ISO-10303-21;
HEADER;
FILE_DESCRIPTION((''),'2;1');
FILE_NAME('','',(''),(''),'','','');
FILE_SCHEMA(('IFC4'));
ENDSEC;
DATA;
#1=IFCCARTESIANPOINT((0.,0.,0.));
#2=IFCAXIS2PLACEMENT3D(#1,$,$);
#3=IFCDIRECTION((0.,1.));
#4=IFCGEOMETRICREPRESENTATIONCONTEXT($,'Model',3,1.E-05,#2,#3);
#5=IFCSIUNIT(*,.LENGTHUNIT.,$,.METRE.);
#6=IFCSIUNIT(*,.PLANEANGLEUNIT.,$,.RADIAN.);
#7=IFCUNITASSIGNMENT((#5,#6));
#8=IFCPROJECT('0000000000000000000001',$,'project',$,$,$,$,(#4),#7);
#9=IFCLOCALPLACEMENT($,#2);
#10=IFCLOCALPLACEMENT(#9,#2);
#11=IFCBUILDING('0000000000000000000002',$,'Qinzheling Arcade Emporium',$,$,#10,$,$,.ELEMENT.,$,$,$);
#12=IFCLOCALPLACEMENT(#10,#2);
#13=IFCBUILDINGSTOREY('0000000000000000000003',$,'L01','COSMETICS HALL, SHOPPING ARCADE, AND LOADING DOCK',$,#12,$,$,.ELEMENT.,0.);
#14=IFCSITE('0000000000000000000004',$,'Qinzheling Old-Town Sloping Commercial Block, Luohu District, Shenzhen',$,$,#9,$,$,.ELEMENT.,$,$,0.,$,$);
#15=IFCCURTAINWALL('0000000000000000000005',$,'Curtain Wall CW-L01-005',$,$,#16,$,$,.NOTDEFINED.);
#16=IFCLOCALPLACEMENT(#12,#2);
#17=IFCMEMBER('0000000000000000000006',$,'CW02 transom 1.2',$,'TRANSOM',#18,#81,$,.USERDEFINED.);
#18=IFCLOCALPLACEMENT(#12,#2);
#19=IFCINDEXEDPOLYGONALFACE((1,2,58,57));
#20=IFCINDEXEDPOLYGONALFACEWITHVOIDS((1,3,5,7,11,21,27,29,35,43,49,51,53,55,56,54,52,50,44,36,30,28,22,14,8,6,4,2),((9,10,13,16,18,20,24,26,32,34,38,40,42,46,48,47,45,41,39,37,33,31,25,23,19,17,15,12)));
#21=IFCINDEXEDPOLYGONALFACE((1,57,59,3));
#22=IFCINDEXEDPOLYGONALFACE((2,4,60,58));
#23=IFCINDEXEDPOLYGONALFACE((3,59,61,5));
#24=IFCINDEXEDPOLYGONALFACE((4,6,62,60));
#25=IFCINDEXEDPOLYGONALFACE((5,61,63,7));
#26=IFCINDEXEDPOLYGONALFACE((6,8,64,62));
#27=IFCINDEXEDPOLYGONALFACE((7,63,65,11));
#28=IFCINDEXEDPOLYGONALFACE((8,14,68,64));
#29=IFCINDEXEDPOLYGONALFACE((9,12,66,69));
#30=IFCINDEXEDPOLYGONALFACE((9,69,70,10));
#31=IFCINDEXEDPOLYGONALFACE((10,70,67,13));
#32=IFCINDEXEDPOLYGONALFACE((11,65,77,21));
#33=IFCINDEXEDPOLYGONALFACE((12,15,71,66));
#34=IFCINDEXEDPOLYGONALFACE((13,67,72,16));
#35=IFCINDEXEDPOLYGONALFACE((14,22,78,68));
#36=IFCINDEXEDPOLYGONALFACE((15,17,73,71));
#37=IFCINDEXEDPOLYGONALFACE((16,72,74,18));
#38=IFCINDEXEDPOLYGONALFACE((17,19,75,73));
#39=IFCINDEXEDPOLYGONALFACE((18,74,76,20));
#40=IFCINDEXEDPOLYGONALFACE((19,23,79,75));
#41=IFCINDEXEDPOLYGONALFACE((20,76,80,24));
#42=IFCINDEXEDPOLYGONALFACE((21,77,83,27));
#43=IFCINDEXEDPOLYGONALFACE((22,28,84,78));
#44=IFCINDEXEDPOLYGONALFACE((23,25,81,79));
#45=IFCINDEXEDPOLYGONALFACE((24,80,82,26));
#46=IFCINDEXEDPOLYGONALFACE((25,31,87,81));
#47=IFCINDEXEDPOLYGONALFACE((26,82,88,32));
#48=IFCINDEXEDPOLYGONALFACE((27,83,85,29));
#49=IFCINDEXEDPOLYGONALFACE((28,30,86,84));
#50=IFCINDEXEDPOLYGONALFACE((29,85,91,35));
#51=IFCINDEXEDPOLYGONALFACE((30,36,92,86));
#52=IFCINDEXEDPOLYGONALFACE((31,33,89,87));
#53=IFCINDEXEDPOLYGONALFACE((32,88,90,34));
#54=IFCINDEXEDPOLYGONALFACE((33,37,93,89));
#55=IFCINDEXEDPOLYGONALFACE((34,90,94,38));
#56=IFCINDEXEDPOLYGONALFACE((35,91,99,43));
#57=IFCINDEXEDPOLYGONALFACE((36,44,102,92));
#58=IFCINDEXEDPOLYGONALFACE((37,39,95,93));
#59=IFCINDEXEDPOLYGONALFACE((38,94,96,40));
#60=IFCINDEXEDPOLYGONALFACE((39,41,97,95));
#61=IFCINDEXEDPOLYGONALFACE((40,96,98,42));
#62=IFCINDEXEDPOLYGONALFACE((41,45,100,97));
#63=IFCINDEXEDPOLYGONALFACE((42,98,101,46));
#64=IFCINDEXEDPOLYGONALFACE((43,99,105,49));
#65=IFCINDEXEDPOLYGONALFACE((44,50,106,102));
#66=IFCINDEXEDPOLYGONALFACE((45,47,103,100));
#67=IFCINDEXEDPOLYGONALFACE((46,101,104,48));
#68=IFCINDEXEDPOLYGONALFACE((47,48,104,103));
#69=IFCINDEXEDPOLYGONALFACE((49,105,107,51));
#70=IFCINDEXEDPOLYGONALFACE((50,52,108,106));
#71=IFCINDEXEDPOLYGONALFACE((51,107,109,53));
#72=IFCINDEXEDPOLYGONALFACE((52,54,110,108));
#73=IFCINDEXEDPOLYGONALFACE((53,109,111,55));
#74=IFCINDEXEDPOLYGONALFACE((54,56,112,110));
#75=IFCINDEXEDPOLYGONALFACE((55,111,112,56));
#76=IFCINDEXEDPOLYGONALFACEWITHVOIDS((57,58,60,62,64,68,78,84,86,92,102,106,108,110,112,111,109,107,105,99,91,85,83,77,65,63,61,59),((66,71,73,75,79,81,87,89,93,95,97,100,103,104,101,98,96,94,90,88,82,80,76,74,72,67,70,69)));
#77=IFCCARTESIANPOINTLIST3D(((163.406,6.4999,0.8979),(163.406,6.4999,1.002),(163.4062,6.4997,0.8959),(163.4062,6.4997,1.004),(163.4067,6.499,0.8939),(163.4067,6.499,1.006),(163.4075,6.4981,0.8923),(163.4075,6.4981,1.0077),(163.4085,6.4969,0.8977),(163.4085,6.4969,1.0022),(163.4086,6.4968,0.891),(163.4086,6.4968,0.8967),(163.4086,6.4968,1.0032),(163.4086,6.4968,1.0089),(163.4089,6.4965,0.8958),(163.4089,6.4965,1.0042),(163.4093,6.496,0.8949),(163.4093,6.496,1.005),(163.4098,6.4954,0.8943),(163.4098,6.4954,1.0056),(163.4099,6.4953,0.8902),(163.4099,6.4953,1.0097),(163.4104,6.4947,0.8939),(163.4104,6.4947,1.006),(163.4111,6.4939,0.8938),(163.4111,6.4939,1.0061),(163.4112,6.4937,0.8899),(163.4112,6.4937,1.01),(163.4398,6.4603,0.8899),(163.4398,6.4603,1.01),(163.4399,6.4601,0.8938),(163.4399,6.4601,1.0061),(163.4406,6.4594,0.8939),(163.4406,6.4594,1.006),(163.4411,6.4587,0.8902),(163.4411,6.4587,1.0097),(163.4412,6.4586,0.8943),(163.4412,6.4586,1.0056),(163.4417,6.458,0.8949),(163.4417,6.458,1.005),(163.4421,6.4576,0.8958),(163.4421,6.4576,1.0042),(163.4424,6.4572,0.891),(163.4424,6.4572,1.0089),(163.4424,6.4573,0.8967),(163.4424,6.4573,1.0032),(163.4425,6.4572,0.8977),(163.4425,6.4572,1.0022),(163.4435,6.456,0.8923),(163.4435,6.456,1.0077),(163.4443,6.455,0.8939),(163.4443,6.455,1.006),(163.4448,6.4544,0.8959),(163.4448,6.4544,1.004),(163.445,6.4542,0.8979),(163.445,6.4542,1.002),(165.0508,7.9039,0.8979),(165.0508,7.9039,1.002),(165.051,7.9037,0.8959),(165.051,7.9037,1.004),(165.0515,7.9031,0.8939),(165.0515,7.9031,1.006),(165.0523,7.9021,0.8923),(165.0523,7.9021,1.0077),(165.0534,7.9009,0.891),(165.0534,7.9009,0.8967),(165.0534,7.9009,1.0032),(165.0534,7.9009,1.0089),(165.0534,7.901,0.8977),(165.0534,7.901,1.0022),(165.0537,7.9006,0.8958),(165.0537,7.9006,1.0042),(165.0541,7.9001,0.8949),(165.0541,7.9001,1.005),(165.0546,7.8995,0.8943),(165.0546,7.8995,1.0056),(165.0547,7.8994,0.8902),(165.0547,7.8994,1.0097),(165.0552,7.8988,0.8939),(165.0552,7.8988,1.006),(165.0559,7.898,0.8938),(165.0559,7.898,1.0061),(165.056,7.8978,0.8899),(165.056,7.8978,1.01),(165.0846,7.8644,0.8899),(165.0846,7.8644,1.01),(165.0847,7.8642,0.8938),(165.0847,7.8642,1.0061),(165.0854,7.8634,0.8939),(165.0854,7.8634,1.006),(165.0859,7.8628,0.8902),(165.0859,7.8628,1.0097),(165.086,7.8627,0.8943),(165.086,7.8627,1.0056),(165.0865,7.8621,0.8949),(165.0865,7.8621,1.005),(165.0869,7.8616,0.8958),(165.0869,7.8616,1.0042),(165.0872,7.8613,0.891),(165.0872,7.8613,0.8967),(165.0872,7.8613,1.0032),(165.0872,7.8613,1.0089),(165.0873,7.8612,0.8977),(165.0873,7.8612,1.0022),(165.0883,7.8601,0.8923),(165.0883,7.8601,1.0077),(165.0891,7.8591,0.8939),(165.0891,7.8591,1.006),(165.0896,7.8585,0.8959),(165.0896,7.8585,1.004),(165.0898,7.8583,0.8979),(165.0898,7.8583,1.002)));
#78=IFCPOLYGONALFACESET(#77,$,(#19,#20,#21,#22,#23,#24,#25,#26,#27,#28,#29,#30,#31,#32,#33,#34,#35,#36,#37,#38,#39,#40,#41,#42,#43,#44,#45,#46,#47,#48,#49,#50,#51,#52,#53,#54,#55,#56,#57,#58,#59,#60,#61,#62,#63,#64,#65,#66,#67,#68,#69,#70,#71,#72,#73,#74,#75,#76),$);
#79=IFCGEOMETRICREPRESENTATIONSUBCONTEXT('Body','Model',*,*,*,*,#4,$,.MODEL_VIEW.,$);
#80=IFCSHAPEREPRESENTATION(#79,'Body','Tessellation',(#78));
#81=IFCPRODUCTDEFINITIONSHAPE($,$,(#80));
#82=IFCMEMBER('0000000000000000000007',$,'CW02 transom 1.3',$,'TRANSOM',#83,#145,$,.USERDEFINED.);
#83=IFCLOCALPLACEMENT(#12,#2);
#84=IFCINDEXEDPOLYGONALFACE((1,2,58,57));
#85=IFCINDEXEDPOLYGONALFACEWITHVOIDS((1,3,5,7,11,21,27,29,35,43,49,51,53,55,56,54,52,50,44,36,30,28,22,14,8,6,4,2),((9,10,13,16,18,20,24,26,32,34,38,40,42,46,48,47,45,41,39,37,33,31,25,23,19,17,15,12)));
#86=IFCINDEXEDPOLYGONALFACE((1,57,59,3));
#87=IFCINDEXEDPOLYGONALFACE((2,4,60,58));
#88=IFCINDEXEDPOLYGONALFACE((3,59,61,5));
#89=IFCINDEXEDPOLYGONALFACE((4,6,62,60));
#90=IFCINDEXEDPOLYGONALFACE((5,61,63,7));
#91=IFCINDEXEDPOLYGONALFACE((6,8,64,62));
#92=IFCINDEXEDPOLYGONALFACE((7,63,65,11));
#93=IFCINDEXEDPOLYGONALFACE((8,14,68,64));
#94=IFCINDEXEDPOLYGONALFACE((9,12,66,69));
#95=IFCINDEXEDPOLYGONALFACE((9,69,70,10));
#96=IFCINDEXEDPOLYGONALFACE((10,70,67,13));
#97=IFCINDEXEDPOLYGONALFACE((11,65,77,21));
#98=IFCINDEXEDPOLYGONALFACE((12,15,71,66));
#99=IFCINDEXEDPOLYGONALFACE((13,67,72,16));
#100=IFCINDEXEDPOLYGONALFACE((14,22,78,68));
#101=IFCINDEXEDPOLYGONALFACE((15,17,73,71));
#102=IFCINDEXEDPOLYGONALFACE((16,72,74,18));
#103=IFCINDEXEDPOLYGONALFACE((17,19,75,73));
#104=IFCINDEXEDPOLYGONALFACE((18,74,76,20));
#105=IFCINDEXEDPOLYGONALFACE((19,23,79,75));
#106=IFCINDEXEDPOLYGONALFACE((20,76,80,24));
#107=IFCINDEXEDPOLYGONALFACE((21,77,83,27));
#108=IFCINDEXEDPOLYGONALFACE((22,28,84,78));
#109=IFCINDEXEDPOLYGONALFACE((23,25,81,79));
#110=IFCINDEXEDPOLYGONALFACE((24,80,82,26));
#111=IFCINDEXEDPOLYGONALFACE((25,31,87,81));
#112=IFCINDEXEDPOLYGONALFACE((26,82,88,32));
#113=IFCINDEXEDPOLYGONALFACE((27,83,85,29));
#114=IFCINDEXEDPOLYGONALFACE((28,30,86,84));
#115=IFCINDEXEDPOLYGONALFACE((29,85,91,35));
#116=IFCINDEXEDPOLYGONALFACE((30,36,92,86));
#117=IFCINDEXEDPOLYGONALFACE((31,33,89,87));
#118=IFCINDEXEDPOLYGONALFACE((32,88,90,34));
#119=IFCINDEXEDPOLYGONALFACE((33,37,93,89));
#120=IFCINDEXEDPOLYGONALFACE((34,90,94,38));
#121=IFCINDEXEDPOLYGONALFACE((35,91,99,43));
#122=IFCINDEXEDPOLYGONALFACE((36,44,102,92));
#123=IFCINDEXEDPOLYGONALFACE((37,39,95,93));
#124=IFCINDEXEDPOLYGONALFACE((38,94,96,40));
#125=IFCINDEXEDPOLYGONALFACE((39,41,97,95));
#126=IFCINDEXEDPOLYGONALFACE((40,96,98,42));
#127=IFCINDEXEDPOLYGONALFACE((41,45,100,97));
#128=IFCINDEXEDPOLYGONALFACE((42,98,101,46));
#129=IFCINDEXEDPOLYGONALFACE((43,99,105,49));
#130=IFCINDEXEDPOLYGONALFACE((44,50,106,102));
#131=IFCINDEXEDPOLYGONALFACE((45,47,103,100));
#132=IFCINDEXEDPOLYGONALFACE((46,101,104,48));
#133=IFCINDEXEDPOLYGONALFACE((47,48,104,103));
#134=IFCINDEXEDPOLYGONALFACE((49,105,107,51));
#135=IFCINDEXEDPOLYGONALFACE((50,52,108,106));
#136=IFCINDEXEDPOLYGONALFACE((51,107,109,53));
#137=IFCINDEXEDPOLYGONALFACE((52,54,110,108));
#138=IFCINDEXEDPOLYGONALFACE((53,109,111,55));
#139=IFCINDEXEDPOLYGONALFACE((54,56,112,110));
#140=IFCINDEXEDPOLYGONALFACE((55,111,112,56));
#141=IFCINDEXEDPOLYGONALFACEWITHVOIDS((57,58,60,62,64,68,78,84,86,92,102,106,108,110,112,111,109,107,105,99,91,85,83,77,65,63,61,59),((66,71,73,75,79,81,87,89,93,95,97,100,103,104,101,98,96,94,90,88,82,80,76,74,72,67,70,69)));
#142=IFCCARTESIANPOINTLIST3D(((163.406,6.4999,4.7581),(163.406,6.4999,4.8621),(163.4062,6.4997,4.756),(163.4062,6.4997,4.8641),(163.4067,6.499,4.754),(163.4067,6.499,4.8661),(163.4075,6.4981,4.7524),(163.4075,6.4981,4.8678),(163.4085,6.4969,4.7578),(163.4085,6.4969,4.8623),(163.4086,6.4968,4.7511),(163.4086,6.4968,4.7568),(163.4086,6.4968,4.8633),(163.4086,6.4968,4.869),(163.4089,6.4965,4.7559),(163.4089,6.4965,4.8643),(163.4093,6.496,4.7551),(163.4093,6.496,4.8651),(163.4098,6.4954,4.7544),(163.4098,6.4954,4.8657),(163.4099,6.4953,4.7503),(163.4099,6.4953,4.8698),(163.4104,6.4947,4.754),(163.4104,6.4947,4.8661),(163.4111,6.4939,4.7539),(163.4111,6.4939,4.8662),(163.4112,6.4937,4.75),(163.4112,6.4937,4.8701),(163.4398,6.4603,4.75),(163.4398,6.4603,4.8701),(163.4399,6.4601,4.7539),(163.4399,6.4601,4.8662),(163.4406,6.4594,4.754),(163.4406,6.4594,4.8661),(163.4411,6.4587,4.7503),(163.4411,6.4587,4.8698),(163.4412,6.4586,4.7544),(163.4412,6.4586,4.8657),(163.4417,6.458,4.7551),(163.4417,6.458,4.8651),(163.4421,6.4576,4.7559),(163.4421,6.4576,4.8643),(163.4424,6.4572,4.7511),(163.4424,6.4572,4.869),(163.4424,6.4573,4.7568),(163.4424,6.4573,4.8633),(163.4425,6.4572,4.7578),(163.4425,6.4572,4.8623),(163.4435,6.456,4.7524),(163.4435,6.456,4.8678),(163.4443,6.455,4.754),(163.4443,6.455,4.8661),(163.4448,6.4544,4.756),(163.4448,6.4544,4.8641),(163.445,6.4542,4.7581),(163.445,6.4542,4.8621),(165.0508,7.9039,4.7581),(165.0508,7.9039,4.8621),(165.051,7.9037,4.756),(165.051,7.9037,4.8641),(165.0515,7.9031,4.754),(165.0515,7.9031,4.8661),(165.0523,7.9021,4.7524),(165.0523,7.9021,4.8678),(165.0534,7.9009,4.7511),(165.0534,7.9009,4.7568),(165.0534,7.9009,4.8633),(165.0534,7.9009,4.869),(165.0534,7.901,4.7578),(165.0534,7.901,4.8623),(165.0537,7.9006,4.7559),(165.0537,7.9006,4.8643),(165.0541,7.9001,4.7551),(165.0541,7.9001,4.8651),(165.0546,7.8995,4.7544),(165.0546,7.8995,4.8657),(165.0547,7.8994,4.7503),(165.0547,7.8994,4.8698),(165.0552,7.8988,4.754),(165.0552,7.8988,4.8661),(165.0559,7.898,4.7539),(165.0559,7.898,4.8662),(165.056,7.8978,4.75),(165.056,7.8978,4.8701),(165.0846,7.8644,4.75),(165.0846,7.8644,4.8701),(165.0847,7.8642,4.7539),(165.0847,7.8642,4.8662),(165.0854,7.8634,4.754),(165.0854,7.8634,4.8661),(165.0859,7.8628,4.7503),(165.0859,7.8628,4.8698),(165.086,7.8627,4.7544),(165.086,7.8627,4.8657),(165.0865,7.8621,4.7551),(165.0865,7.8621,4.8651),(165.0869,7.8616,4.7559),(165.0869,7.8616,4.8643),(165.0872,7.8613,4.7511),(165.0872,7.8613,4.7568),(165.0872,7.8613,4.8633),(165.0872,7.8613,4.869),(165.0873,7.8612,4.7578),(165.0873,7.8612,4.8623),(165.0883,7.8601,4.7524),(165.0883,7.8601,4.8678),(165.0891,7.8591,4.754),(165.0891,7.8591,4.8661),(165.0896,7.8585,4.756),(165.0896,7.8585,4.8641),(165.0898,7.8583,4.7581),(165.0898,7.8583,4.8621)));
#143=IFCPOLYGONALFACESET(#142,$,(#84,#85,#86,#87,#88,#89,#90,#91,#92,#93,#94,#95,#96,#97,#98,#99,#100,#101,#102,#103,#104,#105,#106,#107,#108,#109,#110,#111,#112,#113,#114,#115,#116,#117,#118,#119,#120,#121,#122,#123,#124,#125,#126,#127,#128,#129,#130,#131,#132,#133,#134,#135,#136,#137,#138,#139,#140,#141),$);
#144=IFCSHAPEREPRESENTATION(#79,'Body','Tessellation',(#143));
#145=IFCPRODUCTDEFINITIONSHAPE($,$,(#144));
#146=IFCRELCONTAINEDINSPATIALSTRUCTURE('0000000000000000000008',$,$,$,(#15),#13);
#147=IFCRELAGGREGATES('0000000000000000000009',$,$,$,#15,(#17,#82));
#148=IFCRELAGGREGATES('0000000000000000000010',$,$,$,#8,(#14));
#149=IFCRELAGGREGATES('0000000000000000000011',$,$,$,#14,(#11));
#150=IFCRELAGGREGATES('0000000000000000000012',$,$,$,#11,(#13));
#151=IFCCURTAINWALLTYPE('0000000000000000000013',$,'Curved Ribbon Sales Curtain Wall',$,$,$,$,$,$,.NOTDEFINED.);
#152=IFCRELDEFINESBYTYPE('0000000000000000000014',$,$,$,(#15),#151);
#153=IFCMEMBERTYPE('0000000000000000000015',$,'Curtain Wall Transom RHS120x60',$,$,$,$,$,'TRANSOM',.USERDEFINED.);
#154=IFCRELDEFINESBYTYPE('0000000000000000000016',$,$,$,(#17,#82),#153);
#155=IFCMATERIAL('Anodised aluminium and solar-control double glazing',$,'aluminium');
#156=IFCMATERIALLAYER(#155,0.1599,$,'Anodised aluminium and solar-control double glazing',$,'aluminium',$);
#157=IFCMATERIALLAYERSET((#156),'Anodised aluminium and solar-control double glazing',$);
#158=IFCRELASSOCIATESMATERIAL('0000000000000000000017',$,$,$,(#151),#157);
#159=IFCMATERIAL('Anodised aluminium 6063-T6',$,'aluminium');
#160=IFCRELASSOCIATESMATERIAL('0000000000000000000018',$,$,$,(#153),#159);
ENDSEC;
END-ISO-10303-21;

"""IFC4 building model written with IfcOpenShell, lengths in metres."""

from ifc_helpers import new_model, si_unit, direction, frame, origin, origin_2d, place, context, subcontext, project, spatial, hollow_rectangle, extrude, material, layer, layer_set, material_profile, profile_set, type_object, element, aggregate, save


model = new_model("IFC4")

# Units and contexts
model_context = context("Model", 3, precision=1e-05, world=origin(), true_north=direction((0.0, 1.0)))
body_context = subcontext(model_context, "Body", "Model", "MODEL_VIEW")
ifc_project = project(units=[si_unit("LENGTHUNIT", "METRE"), si_unit("PLANEANGLEUNIT", "RADIAN")], contexts=[model_context])

# Site, building, storey
site_placement = place(None, origin())
site = spatial("IfcSite", under=ifc_project, at=site_placement, Name="Qinzheling Old-Town Sloping Commercial Block, Luohu District, Shenzhen", CompositionType="ELEMENT", RefElevation=0.0)
building_placement = place(site_placement, origin())
building = spatial("IfcBuilding", under=site, at=building_placement, Name="Qinzheling Arcade Emporium", CompositionType="ELEMENT")
storey_placement = place(building_placement, origin())
storey = spatial("IfcBuildingStorey", under=building, at=storey_placement, Name="L01", Description="COSMETICS HALL, SHOPPING ARCADE, AND LOADING DOCK", CompositionType="ELEMENT", Elevation=0.0)

# Shared definitions
ifc_material_1 = material(Name="Anodised aluminium and solar-control double glazing", Category="aluminium")
ifc_layer_1 = layer(ifc_material_1, 0.1599, Name="Anodised aluminium and solar-control double glazing", Category="aluminium")
ifc_layer_set_1 = layer_set([ifc_layer_1], Name="Anodised aluminium and solar-control double glazing")
curtain_wall_type = type_object("IfcCurtainWallType", Name="Curved Ribbon Sales Curtain Wall", PredefinedType="NOTDEFINED", material=ifc_layer_set_1)
ifc_material_2 = material(Name="Anodised aluminium 6063-T6", Category="aluminium")

# Curtain wall
curtain_wall_1_placement = place(storey_placement, origin())
curtain_wall_1 = element("IfcCurtainWall", 1, at=curtain_wall_1_placement, inside=storey, type_object=curtain_wall_type, Name="Curtain Wall CW-L01-005", PredefinedType="NOTDEFINED")

# Members
ifc_material_profile_1 = material_profile(ifc_material_2, hollow_rectangle(XDim=0.0601, YDim=0.1201, WallThickness=0.0039, InnerFilletRadius=0.0039, OuterFilletRadius=0.0081, at=origin_2d()), Name="RHS 120x60x4", Category="aluminium")
ifc_profile_set_1 = profile_set([ifc_material_profile_1], Name="Anodised aluminium 6063-T6")
member_type_1 = type_object("IfcMemberType", Name="Curtain Wall Transom RHS120x60", ElementType="TRANSOM", PredefinedType="USERDEFINED", material=ifc_profile_set_1)
member_1_placement = place(storey_placement, frame((165.0703, 7.8811, 0.95), z_axis=(-0.76057, -0.649256, 0.0), x_axis=(0.649256, -0.76057, 0.0)))
member_1 = element("IfcMember", 2, at=member_1_placement, type_object=member_type_1, Name="CW02 transom 1.2", ObjectType="TRANSOM", PredefinedType="USERDEFINED", context=body_context, shape_type="SweptSolid", body=[
    extrude(hollow_rectangle(XDim=0.0601, YDim=0.1201, WallThickness=0.0039, InnerFilletRadius=0.0039, OuterFilletRadius=0.0081, at=origin_2d()), origin(), (0.0, 0.0, 1.0), 2.1626),
])
member_2_placement = place(storey_placement, frame((165.0703, 7.8811, 4.8101), z_axis=(-0.76057, -0.649256, 0.0), x_axis=(0.649256, -0.76057, 0.0)))
member_2 = element("IfcMember", 3, at=member_2_placement, type_object=member_type_1, Name="CW02 transom 1.3", ObjectType="TRANSOM", PredefinedType="USERDEFINED", context=body_context, shape_type="SweptSolid", body=[
    extrude(hollow_rectangle(XDim=0.0601, YDim=0.1201, WallThickness=0.0039, InnerFilletRadius=0.0039, OuterFilletRadius=0.0081, at=origin_2d()), origin(), (0.0, 0.0, 1.0), 2.1626),
])
aggregate(curtain_wall_1, [member_1, member_2])

save(model, "model.ifc")
